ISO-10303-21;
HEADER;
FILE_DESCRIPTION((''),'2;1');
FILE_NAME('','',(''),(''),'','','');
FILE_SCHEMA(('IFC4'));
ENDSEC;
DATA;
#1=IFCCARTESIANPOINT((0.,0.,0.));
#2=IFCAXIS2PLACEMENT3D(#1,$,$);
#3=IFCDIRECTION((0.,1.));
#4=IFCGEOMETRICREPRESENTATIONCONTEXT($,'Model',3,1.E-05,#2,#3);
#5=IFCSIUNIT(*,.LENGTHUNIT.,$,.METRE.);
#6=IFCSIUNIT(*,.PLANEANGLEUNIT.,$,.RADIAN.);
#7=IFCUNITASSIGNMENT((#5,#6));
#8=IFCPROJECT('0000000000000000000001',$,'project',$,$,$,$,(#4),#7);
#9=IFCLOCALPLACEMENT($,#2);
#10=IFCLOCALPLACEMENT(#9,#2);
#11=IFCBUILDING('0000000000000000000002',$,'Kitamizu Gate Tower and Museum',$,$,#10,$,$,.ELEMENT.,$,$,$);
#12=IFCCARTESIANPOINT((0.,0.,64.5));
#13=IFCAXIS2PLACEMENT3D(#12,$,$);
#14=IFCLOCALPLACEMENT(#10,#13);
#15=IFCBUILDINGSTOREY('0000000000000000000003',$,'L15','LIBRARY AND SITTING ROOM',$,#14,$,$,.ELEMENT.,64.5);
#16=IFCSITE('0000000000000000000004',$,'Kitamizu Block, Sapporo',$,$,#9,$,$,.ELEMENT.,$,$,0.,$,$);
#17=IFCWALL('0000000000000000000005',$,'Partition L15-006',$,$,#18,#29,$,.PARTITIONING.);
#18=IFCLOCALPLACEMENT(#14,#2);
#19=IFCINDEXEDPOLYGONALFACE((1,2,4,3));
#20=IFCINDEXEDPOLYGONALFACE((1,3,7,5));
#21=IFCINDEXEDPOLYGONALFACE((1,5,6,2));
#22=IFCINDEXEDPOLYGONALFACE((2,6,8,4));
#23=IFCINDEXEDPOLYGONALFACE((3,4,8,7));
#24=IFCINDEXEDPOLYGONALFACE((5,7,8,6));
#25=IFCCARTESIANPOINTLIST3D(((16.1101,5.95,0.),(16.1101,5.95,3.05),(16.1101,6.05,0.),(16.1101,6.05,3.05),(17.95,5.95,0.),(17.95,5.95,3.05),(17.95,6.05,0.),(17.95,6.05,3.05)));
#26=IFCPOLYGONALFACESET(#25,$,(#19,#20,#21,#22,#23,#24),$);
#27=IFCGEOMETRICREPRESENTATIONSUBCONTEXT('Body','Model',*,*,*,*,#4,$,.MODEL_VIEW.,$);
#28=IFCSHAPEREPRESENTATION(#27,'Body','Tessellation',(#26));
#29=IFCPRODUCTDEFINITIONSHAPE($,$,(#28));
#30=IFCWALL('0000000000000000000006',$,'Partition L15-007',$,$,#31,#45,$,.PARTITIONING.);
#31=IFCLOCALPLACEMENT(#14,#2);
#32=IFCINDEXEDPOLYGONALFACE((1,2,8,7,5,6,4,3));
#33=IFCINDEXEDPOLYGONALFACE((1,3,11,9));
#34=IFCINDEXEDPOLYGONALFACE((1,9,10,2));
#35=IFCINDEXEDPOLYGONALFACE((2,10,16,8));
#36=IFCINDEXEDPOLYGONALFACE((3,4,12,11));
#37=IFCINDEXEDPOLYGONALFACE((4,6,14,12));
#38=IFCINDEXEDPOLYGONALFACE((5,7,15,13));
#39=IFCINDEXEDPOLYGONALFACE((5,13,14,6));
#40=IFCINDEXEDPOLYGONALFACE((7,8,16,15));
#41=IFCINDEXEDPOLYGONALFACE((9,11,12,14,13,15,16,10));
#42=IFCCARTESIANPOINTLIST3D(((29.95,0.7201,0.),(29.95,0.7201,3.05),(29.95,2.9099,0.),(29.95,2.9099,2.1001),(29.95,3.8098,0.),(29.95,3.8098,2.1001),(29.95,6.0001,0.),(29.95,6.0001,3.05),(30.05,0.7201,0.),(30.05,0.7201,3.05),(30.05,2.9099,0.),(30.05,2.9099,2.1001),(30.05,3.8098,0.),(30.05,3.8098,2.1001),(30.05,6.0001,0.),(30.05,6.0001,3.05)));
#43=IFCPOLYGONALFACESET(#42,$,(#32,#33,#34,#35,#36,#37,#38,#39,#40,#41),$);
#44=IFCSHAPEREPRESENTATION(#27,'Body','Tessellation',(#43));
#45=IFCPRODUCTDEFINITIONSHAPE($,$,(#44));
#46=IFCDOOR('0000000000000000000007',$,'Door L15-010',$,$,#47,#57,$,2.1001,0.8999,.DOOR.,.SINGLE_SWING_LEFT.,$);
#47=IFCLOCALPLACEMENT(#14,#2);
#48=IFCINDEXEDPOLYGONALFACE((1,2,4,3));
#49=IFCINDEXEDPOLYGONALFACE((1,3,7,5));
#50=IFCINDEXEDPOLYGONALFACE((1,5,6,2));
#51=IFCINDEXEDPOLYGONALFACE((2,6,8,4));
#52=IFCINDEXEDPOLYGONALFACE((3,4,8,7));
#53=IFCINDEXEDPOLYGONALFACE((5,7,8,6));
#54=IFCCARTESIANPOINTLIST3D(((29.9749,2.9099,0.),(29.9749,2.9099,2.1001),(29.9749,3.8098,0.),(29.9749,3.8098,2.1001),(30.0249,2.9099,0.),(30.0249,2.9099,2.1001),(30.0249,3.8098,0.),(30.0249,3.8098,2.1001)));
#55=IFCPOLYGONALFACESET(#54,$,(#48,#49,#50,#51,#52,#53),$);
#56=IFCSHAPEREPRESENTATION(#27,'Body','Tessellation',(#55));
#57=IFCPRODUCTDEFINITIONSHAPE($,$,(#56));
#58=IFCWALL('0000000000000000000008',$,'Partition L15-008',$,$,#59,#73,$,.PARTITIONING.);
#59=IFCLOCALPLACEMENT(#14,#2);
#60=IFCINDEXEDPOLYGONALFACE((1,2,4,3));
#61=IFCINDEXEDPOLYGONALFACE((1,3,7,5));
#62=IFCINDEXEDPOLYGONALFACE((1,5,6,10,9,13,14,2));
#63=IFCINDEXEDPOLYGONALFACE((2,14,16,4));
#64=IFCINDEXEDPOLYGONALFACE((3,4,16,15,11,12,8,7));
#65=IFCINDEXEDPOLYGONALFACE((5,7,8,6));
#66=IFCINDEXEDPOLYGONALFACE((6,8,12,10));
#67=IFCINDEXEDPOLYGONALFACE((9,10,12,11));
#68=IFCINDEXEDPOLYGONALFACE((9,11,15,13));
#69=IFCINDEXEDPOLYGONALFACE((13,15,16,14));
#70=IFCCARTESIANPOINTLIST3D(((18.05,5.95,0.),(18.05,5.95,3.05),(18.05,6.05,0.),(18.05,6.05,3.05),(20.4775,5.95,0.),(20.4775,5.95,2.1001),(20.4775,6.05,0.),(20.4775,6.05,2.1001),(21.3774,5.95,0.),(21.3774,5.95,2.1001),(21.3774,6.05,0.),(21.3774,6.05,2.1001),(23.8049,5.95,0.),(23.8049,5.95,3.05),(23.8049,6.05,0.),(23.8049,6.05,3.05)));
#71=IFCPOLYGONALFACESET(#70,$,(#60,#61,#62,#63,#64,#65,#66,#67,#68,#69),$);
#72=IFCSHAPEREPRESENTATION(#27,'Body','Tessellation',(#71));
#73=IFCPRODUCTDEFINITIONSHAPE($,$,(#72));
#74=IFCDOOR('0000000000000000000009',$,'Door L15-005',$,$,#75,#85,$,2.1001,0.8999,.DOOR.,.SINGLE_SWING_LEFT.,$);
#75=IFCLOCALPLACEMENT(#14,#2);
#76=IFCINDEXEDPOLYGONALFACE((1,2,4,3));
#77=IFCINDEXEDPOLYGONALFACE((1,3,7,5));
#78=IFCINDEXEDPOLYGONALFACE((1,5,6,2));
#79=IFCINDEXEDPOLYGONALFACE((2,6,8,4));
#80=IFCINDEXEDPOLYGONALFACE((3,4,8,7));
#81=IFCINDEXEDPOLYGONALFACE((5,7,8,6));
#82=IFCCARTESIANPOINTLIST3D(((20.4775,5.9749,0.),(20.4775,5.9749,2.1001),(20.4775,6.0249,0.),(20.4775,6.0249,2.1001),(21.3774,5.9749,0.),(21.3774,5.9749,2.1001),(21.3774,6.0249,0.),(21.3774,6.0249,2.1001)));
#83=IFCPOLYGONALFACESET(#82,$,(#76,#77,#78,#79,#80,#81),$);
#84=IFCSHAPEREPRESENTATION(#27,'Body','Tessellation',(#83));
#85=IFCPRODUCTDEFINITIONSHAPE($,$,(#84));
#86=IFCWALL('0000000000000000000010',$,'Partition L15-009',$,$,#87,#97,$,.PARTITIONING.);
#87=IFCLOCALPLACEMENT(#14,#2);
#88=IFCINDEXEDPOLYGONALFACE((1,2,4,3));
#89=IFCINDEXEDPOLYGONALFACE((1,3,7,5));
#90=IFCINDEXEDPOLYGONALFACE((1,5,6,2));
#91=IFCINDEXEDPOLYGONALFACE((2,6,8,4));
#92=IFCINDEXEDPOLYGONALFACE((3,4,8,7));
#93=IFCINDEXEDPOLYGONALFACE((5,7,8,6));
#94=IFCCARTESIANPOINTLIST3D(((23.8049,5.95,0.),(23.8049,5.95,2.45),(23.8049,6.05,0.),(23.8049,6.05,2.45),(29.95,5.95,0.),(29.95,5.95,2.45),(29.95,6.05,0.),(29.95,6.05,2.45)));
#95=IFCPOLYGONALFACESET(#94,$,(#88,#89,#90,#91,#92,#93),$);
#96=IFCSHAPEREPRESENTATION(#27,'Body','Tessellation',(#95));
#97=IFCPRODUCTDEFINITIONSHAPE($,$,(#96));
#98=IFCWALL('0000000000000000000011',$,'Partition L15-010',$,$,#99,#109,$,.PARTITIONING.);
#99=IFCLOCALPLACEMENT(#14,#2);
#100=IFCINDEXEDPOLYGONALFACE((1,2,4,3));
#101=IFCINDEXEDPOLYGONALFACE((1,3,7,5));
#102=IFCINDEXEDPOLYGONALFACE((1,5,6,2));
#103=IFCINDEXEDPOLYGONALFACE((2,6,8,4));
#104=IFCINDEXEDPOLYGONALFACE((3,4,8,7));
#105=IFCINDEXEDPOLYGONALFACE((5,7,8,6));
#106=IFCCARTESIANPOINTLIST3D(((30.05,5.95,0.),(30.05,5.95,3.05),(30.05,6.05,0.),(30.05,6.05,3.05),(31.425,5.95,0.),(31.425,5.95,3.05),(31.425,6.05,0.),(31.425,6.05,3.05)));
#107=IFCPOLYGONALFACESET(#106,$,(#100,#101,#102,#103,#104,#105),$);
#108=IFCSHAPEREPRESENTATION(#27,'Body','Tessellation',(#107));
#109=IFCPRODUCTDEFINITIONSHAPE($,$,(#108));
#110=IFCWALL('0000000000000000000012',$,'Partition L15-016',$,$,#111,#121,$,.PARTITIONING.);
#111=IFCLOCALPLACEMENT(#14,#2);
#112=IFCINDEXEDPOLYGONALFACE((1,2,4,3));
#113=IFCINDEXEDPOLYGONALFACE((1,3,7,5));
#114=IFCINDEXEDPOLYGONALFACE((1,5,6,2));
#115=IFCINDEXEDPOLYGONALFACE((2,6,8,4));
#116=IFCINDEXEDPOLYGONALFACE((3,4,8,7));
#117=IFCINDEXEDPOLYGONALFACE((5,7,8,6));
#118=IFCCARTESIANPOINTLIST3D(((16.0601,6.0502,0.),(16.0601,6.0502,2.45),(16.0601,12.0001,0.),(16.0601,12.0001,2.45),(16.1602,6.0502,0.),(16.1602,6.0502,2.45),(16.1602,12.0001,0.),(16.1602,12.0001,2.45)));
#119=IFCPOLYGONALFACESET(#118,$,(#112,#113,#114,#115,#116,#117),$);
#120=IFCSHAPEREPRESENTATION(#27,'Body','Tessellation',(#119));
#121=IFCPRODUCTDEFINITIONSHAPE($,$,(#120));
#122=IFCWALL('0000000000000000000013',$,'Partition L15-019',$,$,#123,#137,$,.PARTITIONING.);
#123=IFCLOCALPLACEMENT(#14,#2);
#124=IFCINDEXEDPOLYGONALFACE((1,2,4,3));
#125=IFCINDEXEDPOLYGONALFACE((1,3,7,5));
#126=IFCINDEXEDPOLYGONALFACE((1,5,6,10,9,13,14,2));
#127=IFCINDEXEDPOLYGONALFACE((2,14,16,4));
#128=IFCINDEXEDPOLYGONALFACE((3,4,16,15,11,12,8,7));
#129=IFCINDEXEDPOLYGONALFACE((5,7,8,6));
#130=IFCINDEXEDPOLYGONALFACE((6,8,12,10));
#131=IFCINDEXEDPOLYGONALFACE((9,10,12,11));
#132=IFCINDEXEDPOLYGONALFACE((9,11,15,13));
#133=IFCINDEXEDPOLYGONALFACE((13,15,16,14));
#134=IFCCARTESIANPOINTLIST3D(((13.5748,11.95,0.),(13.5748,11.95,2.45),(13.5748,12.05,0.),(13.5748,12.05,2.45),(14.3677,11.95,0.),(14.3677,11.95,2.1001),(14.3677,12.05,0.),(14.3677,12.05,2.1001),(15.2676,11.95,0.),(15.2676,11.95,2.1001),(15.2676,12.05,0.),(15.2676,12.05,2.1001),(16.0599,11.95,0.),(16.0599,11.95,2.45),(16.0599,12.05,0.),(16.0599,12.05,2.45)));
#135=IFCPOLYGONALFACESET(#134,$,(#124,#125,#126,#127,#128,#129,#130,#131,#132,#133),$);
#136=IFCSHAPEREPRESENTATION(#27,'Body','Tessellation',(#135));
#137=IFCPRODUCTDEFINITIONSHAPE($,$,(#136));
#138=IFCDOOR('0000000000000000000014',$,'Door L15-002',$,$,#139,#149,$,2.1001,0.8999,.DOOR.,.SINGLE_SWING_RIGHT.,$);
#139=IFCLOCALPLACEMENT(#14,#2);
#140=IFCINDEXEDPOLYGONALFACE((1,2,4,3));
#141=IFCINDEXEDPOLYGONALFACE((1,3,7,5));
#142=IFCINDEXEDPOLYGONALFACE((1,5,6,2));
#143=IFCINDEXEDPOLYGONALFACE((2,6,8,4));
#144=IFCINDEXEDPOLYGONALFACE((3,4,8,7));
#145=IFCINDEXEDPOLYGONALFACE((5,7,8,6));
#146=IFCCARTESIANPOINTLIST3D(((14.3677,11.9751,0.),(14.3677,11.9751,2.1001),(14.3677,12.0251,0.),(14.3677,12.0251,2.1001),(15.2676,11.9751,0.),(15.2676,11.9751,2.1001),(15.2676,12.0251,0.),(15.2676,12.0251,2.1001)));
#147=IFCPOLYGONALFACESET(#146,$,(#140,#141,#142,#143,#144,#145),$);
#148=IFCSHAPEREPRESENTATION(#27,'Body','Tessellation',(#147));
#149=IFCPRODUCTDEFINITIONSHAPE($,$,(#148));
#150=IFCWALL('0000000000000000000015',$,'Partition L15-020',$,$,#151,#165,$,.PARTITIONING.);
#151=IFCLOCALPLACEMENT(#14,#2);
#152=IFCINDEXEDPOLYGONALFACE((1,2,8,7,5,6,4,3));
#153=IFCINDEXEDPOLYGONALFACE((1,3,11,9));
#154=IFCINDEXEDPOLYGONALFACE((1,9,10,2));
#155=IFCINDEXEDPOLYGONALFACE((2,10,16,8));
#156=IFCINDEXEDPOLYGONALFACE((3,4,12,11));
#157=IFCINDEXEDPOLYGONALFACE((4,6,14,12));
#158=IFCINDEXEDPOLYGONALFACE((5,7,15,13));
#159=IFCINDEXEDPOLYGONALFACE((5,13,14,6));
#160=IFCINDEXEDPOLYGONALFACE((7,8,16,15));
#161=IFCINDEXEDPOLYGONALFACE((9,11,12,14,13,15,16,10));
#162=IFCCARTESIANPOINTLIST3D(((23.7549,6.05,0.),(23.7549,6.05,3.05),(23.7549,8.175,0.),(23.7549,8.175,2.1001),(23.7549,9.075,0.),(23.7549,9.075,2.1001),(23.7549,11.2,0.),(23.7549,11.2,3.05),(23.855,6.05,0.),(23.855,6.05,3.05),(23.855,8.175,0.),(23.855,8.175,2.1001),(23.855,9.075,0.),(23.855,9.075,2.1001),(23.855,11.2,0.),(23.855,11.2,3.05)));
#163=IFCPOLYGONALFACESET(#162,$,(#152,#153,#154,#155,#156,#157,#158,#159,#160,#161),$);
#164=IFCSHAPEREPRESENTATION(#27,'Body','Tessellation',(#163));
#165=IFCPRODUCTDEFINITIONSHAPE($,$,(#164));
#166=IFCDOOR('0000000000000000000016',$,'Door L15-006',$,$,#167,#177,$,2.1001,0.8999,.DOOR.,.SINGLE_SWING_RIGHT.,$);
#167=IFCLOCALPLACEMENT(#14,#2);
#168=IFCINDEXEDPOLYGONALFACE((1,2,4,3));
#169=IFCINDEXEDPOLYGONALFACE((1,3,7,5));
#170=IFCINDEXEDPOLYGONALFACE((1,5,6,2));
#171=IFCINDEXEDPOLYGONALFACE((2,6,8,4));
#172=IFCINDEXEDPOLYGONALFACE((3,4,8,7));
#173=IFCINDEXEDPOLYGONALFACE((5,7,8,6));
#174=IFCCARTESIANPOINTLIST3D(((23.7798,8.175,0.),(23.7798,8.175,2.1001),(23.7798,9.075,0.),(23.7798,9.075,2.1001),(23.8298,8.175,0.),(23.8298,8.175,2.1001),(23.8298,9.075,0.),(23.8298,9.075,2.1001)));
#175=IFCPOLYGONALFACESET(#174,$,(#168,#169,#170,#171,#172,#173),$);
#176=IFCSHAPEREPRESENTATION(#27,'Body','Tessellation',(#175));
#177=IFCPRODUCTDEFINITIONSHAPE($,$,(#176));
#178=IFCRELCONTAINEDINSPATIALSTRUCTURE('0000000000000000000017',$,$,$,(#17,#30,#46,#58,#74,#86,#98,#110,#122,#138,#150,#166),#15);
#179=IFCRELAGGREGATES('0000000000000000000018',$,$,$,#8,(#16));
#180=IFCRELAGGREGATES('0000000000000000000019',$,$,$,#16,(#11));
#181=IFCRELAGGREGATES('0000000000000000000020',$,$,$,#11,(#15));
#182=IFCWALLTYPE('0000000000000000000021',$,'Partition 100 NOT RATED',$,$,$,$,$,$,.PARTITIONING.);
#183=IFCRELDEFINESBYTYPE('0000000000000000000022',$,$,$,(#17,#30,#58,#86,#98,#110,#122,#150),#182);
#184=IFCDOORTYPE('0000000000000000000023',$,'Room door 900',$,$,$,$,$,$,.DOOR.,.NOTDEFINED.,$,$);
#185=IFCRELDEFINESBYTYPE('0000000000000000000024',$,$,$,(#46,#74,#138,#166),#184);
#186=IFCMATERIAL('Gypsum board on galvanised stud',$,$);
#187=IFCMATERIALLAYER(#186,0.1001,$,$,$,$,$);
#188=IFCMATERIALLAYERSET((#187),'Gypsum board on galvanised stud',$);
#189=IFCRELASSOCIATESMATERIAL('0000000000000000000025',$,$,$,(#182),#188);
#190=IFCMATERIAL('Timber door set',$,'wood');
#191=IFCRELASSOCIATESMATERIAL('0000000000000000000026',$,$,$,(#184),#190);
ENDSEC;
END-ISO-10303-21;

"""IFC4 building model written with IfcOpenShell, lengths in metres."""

from ifc_helpers import new_model, si_unit, direction, frame, frame_2d, origin, place, context, subcontext, project, spatial, rectangle, extrude, material, layer, layer_set, type_object, element, fill, save


model = new_model("IFC4")

# Units and contexts
model_context = context("Model", 3, precision=1e-05, world=origin(), true_north=direction((0.0, 1.0)))
body_context = subcontext(model_context, "Body", "Model", "MODEL_VIEW")
ifc_project = project(units=[si_unit("LENGTHUNIT", "METRE"), si_unit("PLANEANGLEUNIT", "RADIAN")], contexts=[model_context])

# Site, building, storey
site_placement = place(None, origin())
site = spatial("IfcSite", under=ifc_project, at=site_placement, Name="Kitamizu Block, Sapporo", CompositionType="ELEMENT", RefElevation=0.0)
building_placement = place(site_placement, origin())
building = spatial("IfcBuilding", under=site, at=building_placement, Name="Kitamizu Gate Tower and Museum", CompositionType="ELEMENT")
storey_placement = place(building_placement, frame((0.0, 0.0, 64.5)))
storey = spatial("IfcBuildingStorey", under=building, at=storey_placement, Name="L15", Description="LIBRARY AND SITTING ROOM", CompositionType="ELEMENT", Elevation=64.5)

# Shared definitions
ifc_material_1 = material(Name="Gypsum board on galvanised stud")
ifc_layer_1 = layer(ifc_material_1, 0.1001)
ifc_layer_set_1 = layer_set([ifc_layer_1], Name="Gypsum board on galvanised stud")
wall_type_1 = type_object("IfcWallType", Name="Partition 100 NOT RATED", PredefinedType="PARTITIONING", material=ifc_layer_set_1)
ifc_material_2 = material(Name="Timber door set", Category="wood")
door_type_1 = type_object("IfcDoorType", Name="Room door 900", OperationType="NOTDEFINED", PredefinedType="DOOR", material=ifc_material_2)

# Wall
wall_1_placement = place(storey_placement, frame((17.95, 6.0, 0.0), z_axis=(0.0, 0.0, 1.0), x_axis=(-1.0, 0.0, 0.0)))
element("IfcWall", 1, at=wall_1_placement, inside=storey, type_object=wall_type_1, Name="Partition L15-006", PredefinedType="PARTITIONING", context=body_context, shape_type="SweptSolid", body=[
    extrude(rectangle(XDim=1.8398, YDim=0.1001, at=frame_2d((0.9199, 0.0))), origin(), (0.0, 0.0, 1.0), 3.05),
])

# Walls, openings, doors
wall_2_placement = place(storey_placement, frame((30.0, 0.72, 0.0), z_axis=(0.0, 0.0, 1.0), x_axis=(0.0, 1.0, 0.0)))
wall_2 = element("IfcWall", 2, at=wall_2_placement, inside=storey, type_object=wall_type_1, Name="Partition L15-007", PredefinedType="PARTITIONING", context=body_context, shape_type="SweptSolid", body=[
    extrude(rectangle(XDim=5.28, YDim=0.1001, at=frame_2d((2.6401, 0.0))), origin(), (0.0, 0.0, 1.0), 3.05),
])
opening_1_placement = place(wall_2_placement, frame((2.1899, 0.0, 0.0)))
opening_1 = element("IfcOpeningElement", 3, at=opening_1_placement, cuts=wall_2, PredefinedType="OPENING", context=body_context, shape_type="SweptSolid", body=[
    extrude(rectangle(XDim=0.8999, YDim=2.1001, at=frame_2d((0.45, 1.05))), frame((0.0, 0.0601, 0.0), z_axis=(0.0, -1.0, 0.0), x_axis=(1.0, 0.0, 0.0)), (0.0, 0.0, 1.0), 0.1201),
])
door_1_placement = place(opening_1_placement, frame((0.8999, 0.0, 0.0), x_axis=(-1.0, 0.0, 0.0)))
door_1 = element("IfcDoor", 4, at=door_1_placement, inside=storey, type_object=door_type_1, Name="Door L15-010", OperationType="SINGLE_SWING_LEFT", OverallHeight=2.1001, OverallWidth=0.8999, PredefinedType="DOOR", context=body_context, shape_type="SweptSolid", body=[
    extrude(rectangle(XDim=0.8999, YDim=2.1001, at=frame_2d((0.45, 1.05))), frame((0.0, 0.0249, 0.0), z_axis=(0.0, -1.0, 0.0), x_axis=(1.0, 0.0, 0.0)), (0.0, 0.0, 1.0), 0.05),
])
fill(opening_1, door_1)
wall_3_placement = place(storey_placement, frame((23.8049, 6.0, 0.0), z_axis=(0.0, 0.0, 1.0), x_axis=(-1.0, 0.0, 0.0)))
wall_3 = element("IfcWall", 5, at=wall_3_placement, inside=storey, type_object=wall_type_1, Name="Partition L15-008", PredefinedType="PARTITIONING", context=body_context, shape_type="SweptSolid", body=[
    extrude(rectangle(XDim=5.7549, YDim=0.1001, at=frame_2d((2.8774, 0.0))), origin(), (0.0, 0.0, 1.0), 3.05),
])
opening_2_placement = place(wall_3_placement, frame((2.4275, 0.0, 0.0)))
opening_2 = element("IfcOpeningElement", 6, at=opening_2_placement, cuts=wall_3, PredefinedType="OPENING", context=body_context, shape_type="SweptSolid", body=[
    extrude(rectangle(XDim=0.8999, YDim=2.1001, at=frame_2d((0.45, 1.05))), frame((0.0, 0.0601, 0.0), z_axis=(0.0, -1.0, 0.0), x_axis=(1.0, 0.0, 0.0)), (0.0, 0.0, 1.0), 0.1201),
])
door_2_placement = place(opening_2_placement, frame((0.8999, 0.0, 0.0), x_axis=(-1.0, 0.0, 0.0)))
door_2 = element("IfcDoor", 7, at=door_2_placement, inside=storey, type_object=door_type_1, Name="Door L15-005", OperationType="SINGLE_SWING_LEFT", OverallHeight=2.1001, OverallWidth=0.8999, PredefinedType="DOOR", context=body_context, shape_type="SweptSolid", body=[
    extrude(rectangle(XDim=0.8999, YDim=2.1001, at=frame_2d((0.45, 1.05))), frame((0.0, 0.0249, 0.0), z_axis=(0.0, -1.0, 0.0), x_axis=(1.0, 0.0, 0.0)), (0.0, 0.0, 1.0), 0.05),
])
fill(opening_2, door_2)

# Walls
wall_4_placement = place(storey_placement, frame((29.95, 6.0, 0.0), z_axis=(0.0, 0.0, 1.0), x_axis=(-1.0, 0.0, 0.0)))
element("IfcWall", 8, at=wall_4_placement, inside=storey, type_object=wall_type_1, Name="Partition L15-009", PredefinedType="PARTITIONING", context=body_context, shape_type="SweptSolid", body=[
    extrude(rectangle(XDim=6.145, YDim=0.1001, at=frame_2d((3.0725, 0.0))), origin(), (0.0, 0.0, 1.0), 2.45),
])
wall_5_placement = place(storey_placement, frame((31.425, 6.0, 0.0), z_axis=(0.0, 0.0, 1.0), x_axis=(-1.0, 0.0, 0.0)))
element("IfcWall", 9, at=wall_5_placement, inside=storey, type_object=wall_type_1, Name="Partition L15-010", PredefinedType="PARTITIONING", context=body_context, shape_type="SweptSolid", body=[
    extrude(rectangle(XDim=1.375, YDim=0.1001, at=frame_2d((0.6875, 0.0))), origin(), (0.0, 0.0, 1.0), 3.05),
])
wall_6_placement = place(storey_placement, frame((16.1101, 6.05, 0.0), z_axis=(0.0, 0.0, 1.0), x_axis=(0.0, 1.0, 0.0)))
element("IfcWall", 10, at=wall_6_placement, inside=storey, type_object=wall_type_1, Name="Partition L15-016", PredefinedType="PARTITIONING", context=body_context, shape_type="SweptSolid", body=[
    extrude(rectangle(XDim=5.95, YDim=0.1001, at=frame_2d((2.9751, 0.0))), origin(), (0.0, 0.0, 1.0), 2.45),
])

# Walls, openings, doors
wall_7_placement = place(storey_placement, frame((16.0601, 12.0, 0.0), z_axis=(0.0, 0.0, 1.0), x_axis=(-1.0, 0.0, 0.0)))
wall_7 = element("IfcWall", 11, at=wall_7_placement, inside=storey, type_object=wall_type_1, Name="Partition L15-019", PredefinedType="PARTITIONING", context=body_context, shape_type="SweptSolid", body=[
    extrude(rectangle(XDim=2.4851, YDim=0.1001, at=frame_2d((1.2427, 0.0))), origin(), (0.0, 0.0, 1.0), 2.45),
])
opening_3_placement = place(wall_7_placement, frame((0.7925, 0.0, 0.0)))
opening_3 = element("IfcOpeningElement", 12, at=opening_3_placement, cuts=wall_7, PredefinedType="OPENING", context=body_context, shape_type="SweptSolid", body=[
    extrude(rectangle(XDim=0.8999, YDim=2.1001, at=frame_2d((0.45, 1.05))), frame((0.0, 0.0601, 0.0), z_axis=(0.0, -1.0, 0.0), x_axis=(1.0, 0.0, 0.0)), (0.0, 0.0, 1.0), 0.1201),
])
door_3_placement = place(opening_3_placement, origin())
door_3 = element("IfcDoor", 13, at=door_3_placement, inside=storey, type_object=door_type_1, Name="Door L15-002", OperationType="SINGLE_SWING_RIGHT", OverallHeight=2.1001, OverallWidth=0.8999, PredefinedType="DOOR", context=body_context, shape_type="SweptSolid", body=[
    extrude(rectangle(XDim=0.8999, YDim=2.1001, at=frame_2d((0.45, 1.05))), frame((0.0, 0.0249, 0.0), z_axis=(0.0, -1.0, 0.0), x_axis=(1.0, 0.0, 0.0)), (0.0, 0.0, 1.0), 0.05),
])
fill(opening_3, door_3)
wall_8_placement = place(storey_placement, frame((23.8049, 6.05, 0.0), z_axis=(0.0, 0.0, 1.0), x_axis=(0.0, 1.0, 0.0)))
wall_8 = element("IfcWall", 14, at=wall_8_placement, inside=storey, type_object=wall_type_1, Name="Partition L15-020", PredefinedType="PARTITIONING", context=body_context, shape_type="SweptSolid", body=[
    extrude(rectangle(XDim=5.1499, YDim=0.1001, at=frame_2d((2.575, 0.0))), origin(), (0.0, 0.0, 1.0), 3.05),
])
opening_4_placement = place(wall_8_placement, frame((2.125, 0.0, 0.0)))
opening_4 = element("IfcOpeningElement", 15, at=opening_4_placement, cuts=wall_8, PredefinedType="OPENING", context=body_context, shape_type="SweptSolid", body=[
    extrude(rectangle(XDim=0.8999, YDim=2.1001, at=frame_2d((0.45, 1.05))), frame((0.0, 0.0601, 0.0), z_axis=(0.0, -1.0, 0.0), x_axis=(1.0, 0.0, 0.0)), (0.0, 0.0, 1.0), 0.1201),
])
door_4_placement = place(opening_4_placement, frame((0.8999, 0.0, 0.0), x_axis=(-1.0, 0.0, 0.0)))
door_4 = element("IfcDoor", 16, at=door_4_placement, inside=storey, type_object=door_type_1, Name="Door L15-006", OperationType="SINGLE_SWING_RIGHT", OverallHeight=2.1001, OverallWidth=0.8999, PredefinedType="DOOR", context=body_context, shape_type="SweptSolid", body=[
    extrude(rectangle(XDim=0.8999, YDim=2.1001, at=frame_2d((0.45, 1.05))), frame((0.0, 0.0249, 0.0), z_axis=(0.0, -1.0, 0.0), x_axis=(1.0, 0.0, 0.0)), (0.0, 0.0, 1.0), 0.05),
])
fill(opening_4, door_4)

save(model, "model.ifc")
